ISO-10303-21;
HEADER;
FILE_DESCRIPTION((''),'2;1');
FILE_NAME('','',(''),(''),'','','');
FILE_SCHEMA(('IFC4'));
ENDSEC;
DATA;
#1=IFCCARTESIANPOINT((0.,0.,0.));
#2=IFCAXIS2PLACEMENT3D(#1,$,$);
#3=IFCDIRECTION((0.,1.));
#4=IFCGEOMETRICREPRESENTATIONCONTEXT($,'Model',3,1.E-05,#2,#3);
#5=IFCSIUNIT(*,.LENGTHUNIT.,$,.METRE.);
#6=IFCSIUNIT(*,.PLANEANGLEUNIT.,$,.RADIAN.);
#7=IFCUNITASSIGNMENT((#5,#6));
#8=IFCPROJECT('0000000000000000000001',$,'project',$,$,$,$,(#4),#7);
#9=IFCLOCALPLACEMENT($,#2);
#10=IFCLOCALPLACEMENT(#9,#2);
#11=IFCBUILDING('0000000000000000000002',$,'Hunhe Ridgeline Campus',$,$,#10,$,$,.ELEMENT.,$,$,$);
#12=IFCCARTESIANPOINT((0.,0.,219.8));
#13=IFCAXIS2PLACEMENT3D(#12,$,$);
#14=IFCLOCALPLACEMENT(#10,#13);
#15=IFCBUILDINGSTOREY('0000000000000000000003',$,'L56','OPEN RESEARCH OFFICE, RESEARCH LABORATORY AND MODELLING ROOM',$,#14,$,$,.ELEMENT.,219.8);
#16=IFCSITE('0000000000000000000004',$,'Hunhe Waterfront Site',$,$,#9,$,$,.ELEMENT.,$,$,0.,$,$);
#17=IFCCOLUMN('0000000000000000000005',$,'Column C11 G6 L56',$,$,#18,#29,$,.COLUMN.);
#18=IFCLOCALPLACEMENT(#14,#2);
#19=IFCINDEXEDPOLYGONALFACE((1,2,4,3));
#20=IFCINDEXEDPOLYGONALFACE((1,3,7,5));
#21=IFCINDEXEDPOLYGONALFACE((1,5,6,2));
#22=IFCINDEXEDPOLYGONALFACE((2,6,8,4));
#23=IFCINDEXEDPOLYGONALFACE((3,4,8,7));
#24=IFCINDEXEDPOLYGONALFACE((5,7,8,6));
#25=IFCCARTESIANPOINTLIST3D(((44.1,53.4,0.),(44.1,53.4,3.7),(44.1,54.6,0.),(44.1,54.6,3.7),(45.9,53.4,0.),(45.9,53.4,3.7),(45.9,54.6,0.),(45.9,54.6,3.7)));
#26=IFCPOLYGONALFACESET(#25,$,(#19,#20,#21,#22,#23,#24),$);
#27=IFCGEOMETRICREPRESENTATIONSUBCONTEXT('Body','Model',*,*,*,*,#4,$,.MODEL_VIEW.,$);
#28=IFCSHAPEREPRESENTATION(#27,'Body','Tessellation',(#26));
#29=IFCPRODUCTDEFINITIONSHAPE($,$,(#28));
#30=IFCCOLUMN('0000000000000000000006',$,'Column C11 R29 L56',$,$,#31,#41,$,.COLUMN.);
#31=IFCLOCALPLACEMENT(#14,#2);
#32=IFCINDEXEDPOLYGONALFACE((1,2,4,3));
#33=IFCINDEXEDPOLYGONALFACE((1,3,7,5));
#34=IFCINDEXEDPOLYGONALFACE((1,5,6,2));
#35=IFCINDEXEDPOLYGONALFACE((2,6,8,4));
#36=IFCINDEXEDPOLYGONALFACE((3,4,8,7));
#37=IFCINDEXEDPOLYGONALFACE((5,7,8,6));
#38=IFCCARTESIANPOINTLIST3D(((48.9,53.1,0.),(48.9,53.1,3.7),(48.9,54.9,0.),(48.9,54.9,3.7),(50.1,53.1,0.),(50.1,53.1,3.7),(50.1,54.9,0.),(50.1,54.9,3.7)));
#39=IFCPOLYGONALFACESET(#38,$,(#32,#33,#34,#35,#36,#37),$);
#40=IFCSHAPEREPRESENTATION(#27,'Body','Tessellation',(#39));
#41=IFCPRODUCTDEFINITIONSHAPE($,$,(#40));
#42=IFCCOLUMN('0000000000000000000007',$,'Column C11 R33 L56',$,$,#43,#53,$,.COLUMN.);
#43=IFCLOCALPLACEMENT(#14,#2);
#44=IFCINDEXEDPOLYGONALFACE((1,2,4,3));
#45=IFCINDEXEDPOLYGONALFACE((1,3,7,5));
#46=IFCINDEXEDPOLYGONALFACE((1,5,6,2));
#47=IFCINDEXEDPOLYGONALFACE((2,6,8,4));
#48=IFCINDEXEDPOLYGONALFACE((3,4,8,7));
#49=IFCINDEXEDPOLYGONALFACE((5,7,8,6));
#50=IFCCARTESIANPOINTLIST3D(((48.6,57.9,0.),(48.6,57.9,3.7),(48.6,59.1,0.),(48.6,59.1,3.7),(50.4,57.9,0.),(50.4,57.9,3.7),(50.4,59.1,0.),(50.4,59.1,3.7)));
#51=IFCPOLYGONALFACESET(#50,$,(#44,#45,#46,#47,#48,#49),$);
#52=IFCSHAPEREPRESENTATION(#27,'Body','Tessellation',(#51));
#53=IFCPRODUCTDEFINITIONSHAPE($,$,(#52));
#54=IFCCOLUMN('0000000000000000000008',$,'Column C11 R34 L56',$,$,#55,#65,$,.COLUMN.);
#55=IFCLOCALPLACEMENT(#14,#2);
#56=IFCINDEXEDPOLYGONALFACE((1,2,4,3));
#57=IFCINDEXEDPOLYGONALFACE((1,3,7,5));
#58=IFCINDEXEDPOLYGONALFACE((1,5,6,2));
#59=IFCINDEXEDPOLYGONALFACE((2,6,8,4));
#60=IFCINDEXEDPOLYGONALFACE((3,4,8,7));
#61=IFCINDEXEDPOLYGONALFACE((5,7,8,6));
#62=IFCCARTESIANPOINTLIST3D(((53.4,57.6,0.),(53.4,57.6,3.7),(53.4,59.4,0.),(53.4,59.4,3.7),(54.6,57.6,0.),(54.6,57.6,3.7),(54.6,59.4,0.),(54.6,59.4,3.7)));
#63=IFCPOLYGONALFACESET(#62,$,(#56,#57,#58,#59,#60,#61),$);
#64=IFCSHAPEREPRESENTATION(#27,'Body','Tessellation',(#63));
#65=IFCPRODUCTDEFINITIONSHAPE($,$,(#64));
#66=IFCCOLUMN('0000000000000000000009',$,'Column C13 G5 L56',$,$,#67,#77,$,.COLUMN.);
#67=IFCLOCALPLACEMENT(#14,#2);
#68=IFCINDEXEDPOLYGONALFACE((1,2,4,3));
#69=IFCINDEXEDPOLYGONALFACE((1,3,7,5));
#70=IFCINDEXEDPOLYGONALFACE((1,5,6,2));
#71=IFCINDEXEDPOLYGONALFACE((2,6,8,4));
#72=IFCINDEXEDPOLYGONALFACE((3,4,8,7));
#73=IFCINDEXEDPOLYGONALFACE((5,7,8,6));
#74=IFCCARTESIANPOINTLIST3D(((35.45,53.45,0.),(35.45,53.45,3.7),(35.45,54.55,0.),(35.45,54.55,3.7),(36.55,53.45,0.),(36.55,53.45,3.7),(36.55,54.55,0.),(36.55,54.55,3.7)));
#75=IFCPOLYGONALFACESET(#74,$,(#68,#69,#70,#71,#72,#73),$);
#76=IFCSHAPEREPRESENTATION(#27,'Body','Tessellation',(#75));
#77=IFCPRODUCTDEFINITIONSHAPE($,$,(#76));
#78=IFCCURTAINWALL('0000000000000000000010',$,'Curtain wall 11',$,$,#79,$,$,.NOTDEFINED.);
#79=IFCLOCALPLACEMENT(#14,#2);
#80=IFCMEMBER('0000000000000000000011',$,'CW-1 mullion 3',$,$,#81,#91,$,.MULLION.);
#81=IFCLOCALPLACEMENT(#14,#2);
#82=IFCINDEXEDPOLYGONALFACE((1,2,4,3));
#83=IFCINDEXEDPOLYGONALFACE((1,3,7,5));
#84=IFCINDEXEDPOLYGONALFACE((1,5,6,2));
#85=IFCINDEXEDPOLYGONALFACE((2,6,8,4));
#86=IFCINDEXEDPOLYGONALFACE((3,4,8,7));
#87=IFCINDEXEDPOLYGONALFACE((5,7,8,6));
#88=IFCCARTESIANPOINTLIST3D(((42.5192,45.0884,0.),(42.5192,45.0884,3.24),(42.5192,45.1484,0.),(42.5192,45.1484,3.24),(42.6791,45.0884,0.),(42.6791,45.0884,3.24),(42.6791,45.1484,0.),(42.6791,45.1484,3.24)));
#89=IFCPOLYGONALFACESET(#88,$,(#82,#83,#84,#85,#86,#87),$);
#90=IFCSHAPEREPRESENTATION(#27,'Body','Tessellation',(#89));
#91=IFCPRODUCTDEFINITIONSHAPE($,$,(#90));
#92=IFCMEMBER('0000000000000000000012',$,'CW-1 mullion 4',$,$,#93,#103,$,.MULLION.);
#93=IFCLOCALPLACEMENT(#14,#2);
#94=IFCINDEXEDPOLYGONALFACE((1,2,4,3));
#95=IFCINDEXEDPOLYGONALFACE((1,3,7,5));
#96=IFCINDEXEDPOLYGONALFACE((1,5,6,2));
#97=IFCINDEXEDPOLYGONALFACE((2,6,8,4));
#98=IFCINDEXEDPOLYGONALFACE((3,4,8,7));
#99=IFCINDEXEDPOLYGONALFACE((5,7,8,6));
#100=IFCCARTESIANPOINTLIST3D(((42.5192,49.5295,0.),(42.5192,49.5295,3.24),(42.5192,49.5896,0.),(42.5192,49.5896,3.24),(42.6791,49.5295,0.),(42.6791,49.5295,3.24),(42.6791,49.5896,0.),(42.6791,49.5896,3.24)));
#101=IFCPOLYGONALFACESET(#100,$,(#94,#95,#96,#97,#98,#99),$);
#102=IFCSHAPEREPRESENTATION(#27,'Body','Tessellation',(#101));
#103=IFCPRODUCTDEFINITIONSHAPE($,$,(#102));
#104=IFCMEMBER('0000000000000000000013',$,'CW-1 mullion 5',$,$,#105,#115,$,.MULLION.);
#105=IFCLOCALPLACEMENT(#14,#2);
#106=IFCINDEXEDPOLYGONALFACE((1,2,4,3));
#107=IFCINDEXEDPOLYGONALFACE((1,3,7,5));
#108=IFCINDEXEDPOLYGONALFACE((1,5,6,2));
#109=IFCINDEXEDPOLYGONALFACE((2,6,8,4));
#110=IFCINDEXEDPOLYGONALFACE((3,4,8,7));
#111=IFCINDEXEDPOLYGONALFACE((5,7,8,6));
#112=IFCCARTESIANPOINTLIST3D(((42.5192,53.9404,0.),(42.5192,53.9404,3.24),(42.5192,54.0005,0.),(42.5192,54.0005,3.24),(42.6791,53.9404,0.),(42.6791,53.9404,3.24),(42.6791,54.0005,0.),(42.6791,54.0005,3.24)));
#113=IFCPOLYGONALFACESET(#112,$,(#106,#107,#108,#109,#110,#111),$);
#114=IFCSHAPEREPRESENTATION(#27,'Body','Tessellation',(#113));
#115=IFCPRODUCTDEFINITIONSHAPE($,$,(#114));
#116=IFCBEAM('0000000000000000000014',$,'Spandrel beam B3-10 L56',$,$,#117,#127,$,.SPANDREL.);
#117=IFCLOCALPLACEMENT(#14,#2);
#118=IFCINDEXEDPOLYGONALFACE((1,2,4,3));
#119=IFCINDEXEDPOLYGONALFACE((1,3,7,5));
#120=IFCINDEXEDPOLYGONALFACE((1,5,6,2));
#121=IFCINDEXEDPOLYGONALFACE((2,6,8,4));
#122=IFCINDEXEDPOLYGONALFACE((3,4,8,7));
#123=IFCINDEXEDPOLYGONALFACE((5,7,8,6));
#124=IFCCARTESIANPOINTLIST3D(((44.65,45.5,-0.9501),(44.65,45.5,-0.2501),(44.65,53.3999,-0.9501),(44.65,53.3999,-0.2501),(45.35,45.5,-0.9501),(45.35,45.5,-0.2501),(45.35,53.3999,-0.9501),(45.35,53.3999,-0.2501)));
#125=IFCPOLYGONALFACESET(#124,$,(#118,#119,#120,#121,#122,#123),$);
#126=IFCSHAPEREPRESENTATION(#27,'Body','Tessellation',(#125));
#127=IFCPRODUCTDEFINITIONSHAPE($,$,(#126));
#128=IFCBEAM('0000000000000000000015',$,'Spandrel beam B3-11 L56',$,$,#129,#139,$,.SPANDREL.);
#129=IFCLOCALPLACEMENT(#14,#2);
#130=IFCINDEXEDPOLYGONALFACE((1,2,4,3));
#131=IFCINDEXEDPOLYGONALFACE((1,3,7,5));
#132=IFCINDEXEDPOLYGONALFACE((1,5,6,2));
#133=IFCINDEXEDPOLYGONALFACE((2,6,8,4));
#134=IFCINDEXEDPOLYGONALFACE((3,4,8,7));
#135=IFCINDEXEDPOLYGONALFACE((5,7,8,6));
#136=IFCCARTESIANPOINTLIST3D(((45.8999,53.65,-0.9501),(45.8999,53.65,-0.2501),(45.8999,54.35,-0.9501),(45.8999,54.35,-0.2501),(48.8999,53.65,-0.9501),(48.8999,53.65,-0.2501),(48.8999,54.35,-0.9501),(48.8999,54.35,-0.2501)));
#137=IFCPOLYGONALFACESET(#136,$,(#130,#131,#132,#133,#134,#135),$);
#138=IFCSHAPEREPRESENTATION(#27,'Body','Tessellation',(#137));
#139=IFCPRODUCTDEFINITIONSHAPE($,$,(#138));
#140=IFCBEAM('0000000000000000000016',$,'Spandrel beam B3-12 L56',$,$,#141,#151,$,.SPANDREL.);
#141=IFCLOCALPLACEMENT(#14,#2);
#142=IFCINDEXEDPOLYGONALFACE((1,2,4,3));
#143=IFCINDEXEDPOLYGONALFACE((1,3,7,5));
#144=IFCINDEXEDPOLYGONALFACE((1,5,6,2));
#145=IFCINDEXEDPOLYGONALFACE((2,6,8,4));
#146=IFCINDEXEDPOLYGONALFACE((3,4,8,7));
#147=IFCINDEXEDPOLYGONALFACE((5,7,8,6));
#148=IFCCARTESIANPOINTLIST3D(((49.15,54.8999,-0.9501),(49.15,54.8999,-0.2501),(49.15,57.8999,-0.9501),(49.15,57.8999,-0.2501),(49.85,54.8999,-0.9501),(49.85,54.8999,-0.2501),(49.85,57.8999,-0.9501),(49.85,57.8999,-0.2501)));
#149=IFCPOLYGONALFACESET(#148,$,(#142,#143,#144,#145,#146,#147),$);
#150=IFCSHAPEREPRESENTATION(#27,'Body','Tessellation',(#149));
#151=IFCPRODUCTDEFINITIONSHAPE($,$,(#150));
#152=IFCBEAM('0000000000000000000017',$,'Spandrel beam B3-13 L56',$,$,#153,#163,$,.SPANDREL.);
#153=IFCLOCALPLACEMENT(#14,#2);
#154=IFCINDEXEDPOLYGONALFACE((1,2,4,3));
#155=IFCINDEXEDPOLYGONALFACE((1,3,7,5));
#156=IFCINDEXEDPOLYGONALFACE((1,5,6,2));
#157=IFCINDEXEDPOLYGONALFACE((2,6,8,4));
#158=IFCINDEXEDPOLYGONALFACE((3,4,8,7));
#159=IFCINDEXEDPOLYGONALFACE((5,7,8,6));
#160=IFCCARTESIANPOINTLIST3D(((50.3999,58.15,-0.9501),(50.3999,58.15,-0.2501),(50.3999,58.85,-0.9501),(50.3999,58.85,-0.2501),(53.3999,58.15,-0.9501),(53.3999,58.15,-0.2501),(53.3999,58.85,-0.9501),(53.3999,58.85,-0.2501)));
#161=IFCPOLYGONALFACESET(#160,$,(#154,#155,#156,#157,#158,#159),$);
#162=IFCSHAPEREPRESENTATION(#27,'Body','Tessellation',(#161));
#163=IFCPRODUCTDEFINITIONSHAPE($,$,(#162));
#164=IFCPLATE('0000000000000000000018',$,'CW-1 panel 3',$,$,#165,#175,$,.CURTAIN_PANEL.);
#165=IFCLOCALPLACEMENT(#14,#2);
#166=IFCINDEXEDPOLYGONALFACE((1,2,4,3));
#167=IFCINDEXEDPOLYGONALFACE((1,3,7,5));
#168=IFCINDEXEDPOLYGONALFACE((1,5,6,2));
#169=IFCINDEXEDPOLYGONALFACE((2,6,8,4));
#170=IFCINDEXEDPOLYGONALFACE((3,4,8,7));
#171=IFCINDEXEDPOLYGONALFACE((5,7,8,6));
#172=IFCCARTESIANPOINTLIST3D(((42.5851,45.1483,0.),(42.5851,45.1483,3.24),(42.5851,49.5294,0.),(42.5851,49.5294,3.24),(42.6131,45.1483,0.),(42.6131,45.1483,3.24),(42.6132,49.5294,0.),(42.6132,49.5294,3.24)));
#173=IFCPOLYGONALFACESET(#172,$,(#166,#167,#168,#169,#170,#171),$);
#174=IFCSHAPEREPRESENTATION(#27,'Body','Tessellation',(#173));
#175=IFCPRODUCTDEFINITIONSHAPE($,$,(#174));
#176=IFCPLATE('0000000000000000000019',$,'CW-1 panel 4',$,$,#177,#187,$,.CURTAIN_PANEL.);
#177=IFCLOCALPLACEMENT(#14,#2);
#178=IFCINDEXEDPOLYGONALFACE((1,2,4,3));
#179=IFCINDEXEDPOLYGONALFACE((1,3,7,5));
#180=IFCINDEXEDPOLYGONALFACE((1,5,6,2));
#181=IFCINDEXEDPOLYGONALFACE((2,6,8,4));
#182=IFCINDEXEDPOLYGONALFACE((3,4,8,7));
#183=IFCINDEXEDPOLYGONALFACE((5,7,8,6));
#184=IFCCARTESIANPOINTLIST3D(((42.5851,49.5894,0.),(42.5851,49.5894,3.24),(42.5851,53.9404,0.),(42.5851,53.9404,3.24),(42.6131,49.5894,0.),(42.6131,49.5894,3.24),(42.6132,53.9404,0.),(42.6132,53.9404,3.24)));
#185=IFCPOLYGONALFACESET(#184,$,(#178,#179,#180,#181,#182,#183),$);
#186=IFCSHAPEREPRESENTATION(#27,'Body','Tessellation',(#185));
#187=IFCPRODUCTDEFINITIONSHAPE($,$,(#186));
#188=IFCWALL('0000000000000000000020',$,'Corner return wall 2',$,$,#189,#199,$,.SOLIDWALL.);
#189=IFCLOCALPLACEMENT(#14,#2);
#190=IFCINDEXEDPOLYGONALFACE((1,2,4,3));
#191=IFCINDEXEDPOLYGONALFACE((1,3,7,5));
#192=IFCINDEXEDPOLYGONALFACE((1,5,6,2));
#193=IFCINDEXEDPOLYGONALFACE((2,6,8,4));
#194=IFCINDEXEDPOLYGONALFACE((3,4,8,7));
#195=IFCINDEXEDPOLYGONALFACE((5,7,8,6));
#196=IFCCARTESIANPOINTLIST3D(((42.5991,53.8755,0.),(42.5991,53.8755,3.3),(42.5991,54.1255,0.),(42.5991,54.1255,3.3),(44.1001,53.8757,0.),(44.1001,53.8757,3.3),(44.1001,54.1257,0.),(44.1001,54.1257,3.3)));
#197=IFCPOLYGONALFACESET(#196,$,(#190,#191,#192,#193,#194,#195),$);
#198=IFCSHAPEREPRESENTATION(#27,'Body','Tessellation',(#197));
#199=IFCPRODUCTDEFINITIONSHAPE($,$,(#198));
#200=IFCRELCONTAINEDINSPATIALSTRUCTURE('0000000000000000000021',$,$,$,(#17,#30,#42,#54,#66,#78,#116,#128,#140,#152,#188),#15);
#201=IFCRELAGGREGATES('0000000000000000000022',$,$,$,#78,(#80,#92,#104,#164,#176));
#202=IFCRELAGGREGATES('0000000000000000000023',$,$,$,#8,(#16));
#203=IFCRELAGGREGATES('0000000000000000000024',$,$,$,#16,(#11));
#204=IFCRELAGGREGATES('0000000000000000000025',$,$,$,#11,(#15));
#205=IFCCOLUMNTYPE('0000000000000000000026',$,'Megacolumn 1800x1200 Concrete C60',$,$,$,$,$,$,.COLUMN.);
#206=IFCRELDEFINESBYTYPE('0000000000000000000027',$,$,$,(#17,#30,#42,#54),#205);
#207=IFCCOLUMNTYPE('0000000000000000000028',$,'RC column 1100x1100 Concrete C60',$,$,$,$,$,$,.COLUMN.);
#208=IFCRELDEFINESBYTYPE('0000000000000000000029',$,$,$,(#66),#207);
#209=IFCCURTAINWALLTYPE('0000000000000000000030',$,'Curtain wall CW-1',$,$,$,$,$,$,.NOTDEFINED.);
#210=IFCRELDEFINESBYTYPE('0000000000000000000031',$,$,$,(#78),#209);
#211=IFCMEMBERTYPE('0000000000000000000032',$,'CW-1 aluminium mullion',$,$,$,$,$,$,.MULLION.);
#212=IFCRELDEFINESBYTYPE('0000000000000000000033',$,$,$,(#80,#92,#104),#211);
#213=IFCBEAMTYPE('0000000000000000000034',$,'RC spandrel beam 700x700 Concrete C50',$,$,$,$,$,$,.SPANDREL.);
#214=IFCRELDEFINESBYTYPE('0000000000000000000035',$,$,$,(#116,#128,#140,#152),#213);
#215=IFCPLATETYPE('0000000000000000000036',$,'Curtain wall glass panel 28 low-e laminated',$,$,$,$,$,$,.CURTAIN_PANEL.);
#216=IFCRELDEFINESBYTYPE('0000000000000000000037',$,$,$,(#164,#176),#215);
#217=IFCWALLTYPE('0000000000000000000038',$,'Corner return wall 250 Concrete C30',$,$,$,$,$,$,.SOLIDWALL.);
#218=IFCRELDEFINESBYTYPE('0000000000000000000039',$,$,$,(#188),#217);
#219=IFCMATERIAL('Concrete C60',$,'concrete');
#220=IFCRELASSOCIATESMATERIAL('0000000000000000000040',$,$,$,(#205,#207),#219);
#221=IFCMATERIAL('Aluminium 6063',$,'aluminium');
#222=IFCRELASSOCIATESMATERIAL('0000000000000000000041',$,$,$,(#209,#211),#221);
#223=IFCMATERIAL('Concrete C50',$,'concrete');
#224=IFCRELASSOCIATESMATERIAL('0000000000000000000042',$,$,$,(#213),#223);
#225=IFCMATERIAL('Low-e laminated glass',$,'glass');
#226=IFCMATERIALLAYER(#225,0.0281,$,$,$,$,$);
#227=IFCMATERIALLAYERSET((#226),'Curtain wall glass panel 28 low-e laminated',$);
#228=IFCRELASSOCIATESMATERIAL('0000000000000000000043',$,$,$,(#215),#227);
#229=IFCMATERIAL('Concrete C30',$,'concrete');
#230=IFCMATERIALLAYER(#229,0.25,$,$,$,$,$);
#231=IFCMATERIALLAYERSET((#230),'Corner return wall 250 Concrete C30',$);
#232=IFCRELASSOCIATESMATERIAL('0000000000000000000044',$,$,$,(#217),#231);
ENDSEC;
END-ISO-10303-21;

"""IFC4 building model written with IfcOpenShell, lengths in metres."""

from ifc_helpers import new_model, si_unit, direction, frame, frame_2d, origin, origin_2d, place, context, subcontext, project, spatial, rectangle, extrude, material, layer, layer_set, material_profile, profile_set, type_object, element, aggregate, save


model = new_model("IFC4")

# Units and contexts
model_context = context("Model", 3, precision=1e-05, world=origin(), true_north=direction((0.0, 1.0)))
body_context = subcontext(model_context, "Body", "Model", "MODEL_VIEW")
ifc_project = project(units=[si_unit("LENGTHUNIT", "METRE"), si_unit("PLANEANGLEUNIT", "RADIAN")], contexts=[model_context])

# Site, building, storey
site_placement = place(None, origin())
site = spatial("IfcSite", under=ifc_project, at=site_placement, Name="Hunhe Waterfront Site", CompositionType="ELEMENT", RefElevation=0.0)
building_placement = place(site_placement, origin())
building = spatial("IfcBuilding", under=site, at=building_placement, Name="Hunhe Ridgeline Campus", CompositionType="ELEMENT")
storey_placement = place(building_placement, frame((0.0, 0.0, 219.8)))
storey = spatial("IfcBuildingStorey", under=building, at=storey_placement, Name="L56", Description="OPEN RESEARCH OFFICE, RESEARCH LABORATORY AND MODELLING ROOM", CompositionType="ELEMENT", Elevation=219.8)

# Columns
ifc_material_1 = material(Name="Concrete C60", Category="concrete")
ifc_material_profile_1 = material_profile(ifc_material_1, rectangle(XDim=1.8, YDim=1.2, at=origin_2d()))
ifc_profile_set_1 = profile_set([ifc_material_profile_1], Name="Concrete C60")
column_type_1 = type_object("IfcColumnType", Name="Megacolumn 1800x1200 Concrete C60", PredefinedType="COLUMN", material=ifc_profile_set_1)
for number, where, z_axis, x_axis, name in (
    (1, (45.0, 54.0, 0.0), (0.0, 0.0, 1.0), (1.0, 0.0, 0.0), "Column C11 G6 L56"),
    (2, (49.5, 54.0, 0.0), (0.0, 0.0, 1.0), (0.0, 1.0, 0.0), "Column C11 R29 L56"),
    (3, (49.5, 58.5, 0.0), (0.0, 0.0, 1.0), (1.0, 0.0, 0.0), "Column C11 R33 L56"),
    (4, (54.0, 58.5, 0.0), (0.0, 0.0, 1.0), (0.0, 1.0, 0.0), "Column C11 R34 L56"),
):
    element("IfcColumn", number, at=place(storey_placement, frame(where, z_axis=z_axis, x_axis=x_axis)), inside=storey, type_object=column_type_1, Name=name, PredefinedType="COLUMN", context=body_context, shape_type="SweptSolid", body=[
        extrude(rectangle(XDim=1.8, YDim=1.2, at=origin_2d()), origin(), (0.0, 0.0, 1.0), 3.7),
    ])
ifc_material_profile_2 = material_profile(ifc_material_1, rectangle(XDim=1.1001, YDim=1.1001, at=origin_2d()))
ifc_profile_set_2 = profile_set([ifc_material_profile_2], Name="Concrete C60")
column_type_2 = type_object("IfcColumnType", Name="RC column 1100x1100 Concrete C60", PredefinedType="COLUMN", material=ifc_profile_set_2)
column_placement = place(storey_placement, frame((36.0, 54.0, 0.0), z_axis=(0.0, 0.0, 1.0), x_axis=(1.0, 0.0, 0.0)))
element("IfcColumn", 5, at=column_placement, inside=storey, type_object=column_type_2, Name="Column C13 G5 L56", PredefinedType="COLUMN", context=body_context, shape_type="SweptSolid", body=[
    extrude(rectangle(XDim=1.1001, YDim=1.1001, at=origin_2d()), origin(), (0.0, 0.0, 1.0), 3.7),
])

# Curtain wall, members
ifc_material_2 = material(Name="Aluminium 6063", Category="aluminium")
curtain_wall_type = type_object("IfcCurtainWallType", Name="Curtain wall CW-1", PredefinedType="NOTDEFINED", material=ifc_material_2)
curtain_wall_placement = place(storey_placement, origin())
curtain_wall = element("IfcCurtainWall", 6, at=curtain_wall_placement, inside=storey, type_object=curtain_wall_type, Name="Curtain wall 11", PredefinedType="NOTDEFINED")
ifc_material_profile_3 = material_profile(ifc_material_2, rectangle(XDim=0.1599, YDim=0.0601, at=origin_2d()))
ifc_profile_set_3 = profile_set([ifc_material_profile_3], Name="Aluminium 6063")
member_type = type_object("IfcMemberType", Name="CW-1 aluminium mullion", PredefinedType="MULLION", material=ifc_profile_set_3)
member_1_placement = place(storey_placement, frame((42.5991, 45.1184, 0.0), z_axis=(0.0, 0.0, 1.0), x_axis=(-1.0, 0.000007, 0.0)))
member_1 = element("IfcMember", 7, at=member_1_placement, type_object=member_type, Name="CW-1 mullion 3", PredefinedType="MULLION", context=body_context, shape_type="SweptSolid", body=[
    extrude(rectangle(XDim=0.1599, YDim=0.0601, at=origin_2d()), origin(), (0.0, 0.0, 1.0), 3.24),
])
member_2_placement = place(storey_placement, frame((42.5991, 49.5596, 0.0), z_axis=(0.0, 0.0, 1.0), x_axis=(-1.0, 0.000007, 0.0)))
member_2 = element("IfcMember", 8, at=member_2_placement, type_object=member_type, Name="CW-1 mullion 4", PredefinedType="MULLION", context=body_context, shape_type="SweptSolid", body=[
    extrude(rectangle(XDim=0.1599, YDim=0.0601, at=origin_2d()), origin(), (0.0, 0.0, 1.0), 3.24),
])
member_3_placement = place(storey_placement, frame((42.5991, 53.9705, 0.0), z_axis=(0.0, 0.0, 1.0), x_axis=(-1.0, 0.000007, 0.0)))
member_3 = element("IfcMember", 9, at=member_3_placement, type_object=member_type, Name="CW-1 mullion 5", PredefinedType="MULLION", context=body_context, shape_type="SweptSolid", body=[
    extrude(rectangle(XDim=0.1599, YDim=0.0601, at=origin_2d()), origin(), (0.0, 0.0, 1.0), 3.24),
])

# Beams
ifc_material_3 = material(Name="Concrete C50", Category="concrete")
ifc_material_profile_4 = material_profile(ifc_material_3, rectangle(XDim=0.7, YDim=0.7, at=origin_2d()))
ifc_profile_set_4 = profile_set([ifc_material_profile_4], Name="Concrete C50")
beam_type = type_object("IfcBeamType", Name="RC spandrel beam 700x700 Concrete C50", PredefinedType="SPANDREL", material=ifc_profile_set_4)
beam_placement = place(storey_placement, frame((45.0, 45.5, -0.6001), z_axis=(0.0, 1.0, 0.0), x_axis=(-1.0, 0.0, 0.0)))
element("IfcBeam", 10, at=beam_placement, inside=storey, type_object=beam_type, Name="Spandrel beam B3-10 L56", PredefinedType="SPANDREL", context=body_context, shape_type="SweptSolid", body=[
    extrude(rectangle(XDim=0.7, YDim=0.7, at=origin_2d()), origin(), (0.0, 0.0, 1.0), 7.8999),
])
for number, where, z_axis, x_axis, name in (
    (11, (45.8999, 54.0, -0.6001), (1.0, 0.0, 0.0), (0.0, 1.0, 0.0), "Spandrel beam B3-11 L56"),
    (12, (49.5, 54.8999, -0.6001), (0.0, 1.0, 0.0), (-1.0, 0.0, 0.0), "Spandrel beam B3-12 L56"),
    (13, (50.3999, 58.5, -0.6001), (1.0, 0.0, 0.0), (0.0, 1.0, 0.0), "Spandrel beam B3-13 L56"),
):
    element("IfcBeam", number, at=place(storey_placement, frame(where, z_axis=z_axis, x_axis=x_axis)), inside=storey, type_object=beam_type, Name=name, PredefinedType="SPANDREL", context=body_context, shape_type="SweptSolid", body=[
        extrude(rectangle(XDim=0.7, YDim=0.7, at=origin_2d()), origin(), (0.0, 0.0, 1.0), 3.0),
    ])

# Plates
ifc_material_4 = material(Name="Low-e laminated glass", Category="glass")
ifc_layer_1 = layer(ifc_material_4, 0.0281)
ifc_layer_set_1 = layer_set([ifc_layer_1], Name="Curtain wall glass panel 28 low-e laminated")
plate_type = type_object("IfcPlateType", Name="Curtain wall glass panel 28 low-e laminated", PredefinedType="CURTAIN_PANEL", material=ifc_layer_set_1)
plate_1_placement = place(storey_placement, frame((42.5991, 47.3389, 0.0), z_axis=(0.0, 0.0, 1.0), x_axis=(0.000007, 1.0, 0.0)))
plate_1 = element("IfcPlate", 14, at=plate_1_placement, type_object=plate_type, Name="CW-1 panel 3", PredefinedType="CURTAIN_PANEL", context=body_context, shape_type="SweptSolid", body=[
    extrude(rectangle(XDim=4.3811, YDim=0.0281, at=origin_2d()), origin(), (0.0, 0.0, 1.0), 3.24),
])
plate_2_placement = place(storey_placement, frame((42.5991, 51.7649, 0.0), z_axis=(0.0, 0.0, 1.0), x_axis=(0.000007, 1.0, 0.0)))
plate_2 = element("IfcPlate", 15, at=plate_2_placement, type_object=plate_type, Name="CW-1 panel 4", PredefinedType="CURTAIN_PANEL", context=body_context, shape_type="SweptSolid", body=[
    extrude(rectangle(XDim=4.3511, YDim=0.0281, at=origin_2d()), origin(), (0.0, 0.0, 1.0), 3.24),
])
aggregate(curtain_wall, [member_1, member_2, member_3, plate_1, plate_2])

# Wall
ifc_material_5 = material(Name="Concrete C30", Category="concrete")
ifc_layer_2 = layer(ifc_material_5, 0.25)
ifc_layer_set_2 = layer_set([ifc_layer_2], Name="Corner return wall 250 Concrete C30")
wall_type_1 = type_object("IfcWallType", Name="Corner return wall 250 Concrete C30", PredefinedType="SOLIDWALL", material=ifc_layer_set_2)
wall_1_placement = place(storey_placement, frame((42.5991, 54.0005, 0.0), z_axis=(0.0, 0.0, 1.0), x_axis=(1.0, 0.000163, 0.0)))
element("IfcWall", 16, at=wall_1_placement, inside=storey, type_object=wall_type_1, Name="Corner return wall 2", PredefinedType="SOLIDWALL", context=body_context, shape_type="SweptSolid", body=[
    extrude(rectangle(XDim=1.501, YDim=0.25, at=frame_2d((0.7505, 0.0))), origin(), (0.0, 0.0, 1.0), 3.3),
])

save(model, "model.ifc")
